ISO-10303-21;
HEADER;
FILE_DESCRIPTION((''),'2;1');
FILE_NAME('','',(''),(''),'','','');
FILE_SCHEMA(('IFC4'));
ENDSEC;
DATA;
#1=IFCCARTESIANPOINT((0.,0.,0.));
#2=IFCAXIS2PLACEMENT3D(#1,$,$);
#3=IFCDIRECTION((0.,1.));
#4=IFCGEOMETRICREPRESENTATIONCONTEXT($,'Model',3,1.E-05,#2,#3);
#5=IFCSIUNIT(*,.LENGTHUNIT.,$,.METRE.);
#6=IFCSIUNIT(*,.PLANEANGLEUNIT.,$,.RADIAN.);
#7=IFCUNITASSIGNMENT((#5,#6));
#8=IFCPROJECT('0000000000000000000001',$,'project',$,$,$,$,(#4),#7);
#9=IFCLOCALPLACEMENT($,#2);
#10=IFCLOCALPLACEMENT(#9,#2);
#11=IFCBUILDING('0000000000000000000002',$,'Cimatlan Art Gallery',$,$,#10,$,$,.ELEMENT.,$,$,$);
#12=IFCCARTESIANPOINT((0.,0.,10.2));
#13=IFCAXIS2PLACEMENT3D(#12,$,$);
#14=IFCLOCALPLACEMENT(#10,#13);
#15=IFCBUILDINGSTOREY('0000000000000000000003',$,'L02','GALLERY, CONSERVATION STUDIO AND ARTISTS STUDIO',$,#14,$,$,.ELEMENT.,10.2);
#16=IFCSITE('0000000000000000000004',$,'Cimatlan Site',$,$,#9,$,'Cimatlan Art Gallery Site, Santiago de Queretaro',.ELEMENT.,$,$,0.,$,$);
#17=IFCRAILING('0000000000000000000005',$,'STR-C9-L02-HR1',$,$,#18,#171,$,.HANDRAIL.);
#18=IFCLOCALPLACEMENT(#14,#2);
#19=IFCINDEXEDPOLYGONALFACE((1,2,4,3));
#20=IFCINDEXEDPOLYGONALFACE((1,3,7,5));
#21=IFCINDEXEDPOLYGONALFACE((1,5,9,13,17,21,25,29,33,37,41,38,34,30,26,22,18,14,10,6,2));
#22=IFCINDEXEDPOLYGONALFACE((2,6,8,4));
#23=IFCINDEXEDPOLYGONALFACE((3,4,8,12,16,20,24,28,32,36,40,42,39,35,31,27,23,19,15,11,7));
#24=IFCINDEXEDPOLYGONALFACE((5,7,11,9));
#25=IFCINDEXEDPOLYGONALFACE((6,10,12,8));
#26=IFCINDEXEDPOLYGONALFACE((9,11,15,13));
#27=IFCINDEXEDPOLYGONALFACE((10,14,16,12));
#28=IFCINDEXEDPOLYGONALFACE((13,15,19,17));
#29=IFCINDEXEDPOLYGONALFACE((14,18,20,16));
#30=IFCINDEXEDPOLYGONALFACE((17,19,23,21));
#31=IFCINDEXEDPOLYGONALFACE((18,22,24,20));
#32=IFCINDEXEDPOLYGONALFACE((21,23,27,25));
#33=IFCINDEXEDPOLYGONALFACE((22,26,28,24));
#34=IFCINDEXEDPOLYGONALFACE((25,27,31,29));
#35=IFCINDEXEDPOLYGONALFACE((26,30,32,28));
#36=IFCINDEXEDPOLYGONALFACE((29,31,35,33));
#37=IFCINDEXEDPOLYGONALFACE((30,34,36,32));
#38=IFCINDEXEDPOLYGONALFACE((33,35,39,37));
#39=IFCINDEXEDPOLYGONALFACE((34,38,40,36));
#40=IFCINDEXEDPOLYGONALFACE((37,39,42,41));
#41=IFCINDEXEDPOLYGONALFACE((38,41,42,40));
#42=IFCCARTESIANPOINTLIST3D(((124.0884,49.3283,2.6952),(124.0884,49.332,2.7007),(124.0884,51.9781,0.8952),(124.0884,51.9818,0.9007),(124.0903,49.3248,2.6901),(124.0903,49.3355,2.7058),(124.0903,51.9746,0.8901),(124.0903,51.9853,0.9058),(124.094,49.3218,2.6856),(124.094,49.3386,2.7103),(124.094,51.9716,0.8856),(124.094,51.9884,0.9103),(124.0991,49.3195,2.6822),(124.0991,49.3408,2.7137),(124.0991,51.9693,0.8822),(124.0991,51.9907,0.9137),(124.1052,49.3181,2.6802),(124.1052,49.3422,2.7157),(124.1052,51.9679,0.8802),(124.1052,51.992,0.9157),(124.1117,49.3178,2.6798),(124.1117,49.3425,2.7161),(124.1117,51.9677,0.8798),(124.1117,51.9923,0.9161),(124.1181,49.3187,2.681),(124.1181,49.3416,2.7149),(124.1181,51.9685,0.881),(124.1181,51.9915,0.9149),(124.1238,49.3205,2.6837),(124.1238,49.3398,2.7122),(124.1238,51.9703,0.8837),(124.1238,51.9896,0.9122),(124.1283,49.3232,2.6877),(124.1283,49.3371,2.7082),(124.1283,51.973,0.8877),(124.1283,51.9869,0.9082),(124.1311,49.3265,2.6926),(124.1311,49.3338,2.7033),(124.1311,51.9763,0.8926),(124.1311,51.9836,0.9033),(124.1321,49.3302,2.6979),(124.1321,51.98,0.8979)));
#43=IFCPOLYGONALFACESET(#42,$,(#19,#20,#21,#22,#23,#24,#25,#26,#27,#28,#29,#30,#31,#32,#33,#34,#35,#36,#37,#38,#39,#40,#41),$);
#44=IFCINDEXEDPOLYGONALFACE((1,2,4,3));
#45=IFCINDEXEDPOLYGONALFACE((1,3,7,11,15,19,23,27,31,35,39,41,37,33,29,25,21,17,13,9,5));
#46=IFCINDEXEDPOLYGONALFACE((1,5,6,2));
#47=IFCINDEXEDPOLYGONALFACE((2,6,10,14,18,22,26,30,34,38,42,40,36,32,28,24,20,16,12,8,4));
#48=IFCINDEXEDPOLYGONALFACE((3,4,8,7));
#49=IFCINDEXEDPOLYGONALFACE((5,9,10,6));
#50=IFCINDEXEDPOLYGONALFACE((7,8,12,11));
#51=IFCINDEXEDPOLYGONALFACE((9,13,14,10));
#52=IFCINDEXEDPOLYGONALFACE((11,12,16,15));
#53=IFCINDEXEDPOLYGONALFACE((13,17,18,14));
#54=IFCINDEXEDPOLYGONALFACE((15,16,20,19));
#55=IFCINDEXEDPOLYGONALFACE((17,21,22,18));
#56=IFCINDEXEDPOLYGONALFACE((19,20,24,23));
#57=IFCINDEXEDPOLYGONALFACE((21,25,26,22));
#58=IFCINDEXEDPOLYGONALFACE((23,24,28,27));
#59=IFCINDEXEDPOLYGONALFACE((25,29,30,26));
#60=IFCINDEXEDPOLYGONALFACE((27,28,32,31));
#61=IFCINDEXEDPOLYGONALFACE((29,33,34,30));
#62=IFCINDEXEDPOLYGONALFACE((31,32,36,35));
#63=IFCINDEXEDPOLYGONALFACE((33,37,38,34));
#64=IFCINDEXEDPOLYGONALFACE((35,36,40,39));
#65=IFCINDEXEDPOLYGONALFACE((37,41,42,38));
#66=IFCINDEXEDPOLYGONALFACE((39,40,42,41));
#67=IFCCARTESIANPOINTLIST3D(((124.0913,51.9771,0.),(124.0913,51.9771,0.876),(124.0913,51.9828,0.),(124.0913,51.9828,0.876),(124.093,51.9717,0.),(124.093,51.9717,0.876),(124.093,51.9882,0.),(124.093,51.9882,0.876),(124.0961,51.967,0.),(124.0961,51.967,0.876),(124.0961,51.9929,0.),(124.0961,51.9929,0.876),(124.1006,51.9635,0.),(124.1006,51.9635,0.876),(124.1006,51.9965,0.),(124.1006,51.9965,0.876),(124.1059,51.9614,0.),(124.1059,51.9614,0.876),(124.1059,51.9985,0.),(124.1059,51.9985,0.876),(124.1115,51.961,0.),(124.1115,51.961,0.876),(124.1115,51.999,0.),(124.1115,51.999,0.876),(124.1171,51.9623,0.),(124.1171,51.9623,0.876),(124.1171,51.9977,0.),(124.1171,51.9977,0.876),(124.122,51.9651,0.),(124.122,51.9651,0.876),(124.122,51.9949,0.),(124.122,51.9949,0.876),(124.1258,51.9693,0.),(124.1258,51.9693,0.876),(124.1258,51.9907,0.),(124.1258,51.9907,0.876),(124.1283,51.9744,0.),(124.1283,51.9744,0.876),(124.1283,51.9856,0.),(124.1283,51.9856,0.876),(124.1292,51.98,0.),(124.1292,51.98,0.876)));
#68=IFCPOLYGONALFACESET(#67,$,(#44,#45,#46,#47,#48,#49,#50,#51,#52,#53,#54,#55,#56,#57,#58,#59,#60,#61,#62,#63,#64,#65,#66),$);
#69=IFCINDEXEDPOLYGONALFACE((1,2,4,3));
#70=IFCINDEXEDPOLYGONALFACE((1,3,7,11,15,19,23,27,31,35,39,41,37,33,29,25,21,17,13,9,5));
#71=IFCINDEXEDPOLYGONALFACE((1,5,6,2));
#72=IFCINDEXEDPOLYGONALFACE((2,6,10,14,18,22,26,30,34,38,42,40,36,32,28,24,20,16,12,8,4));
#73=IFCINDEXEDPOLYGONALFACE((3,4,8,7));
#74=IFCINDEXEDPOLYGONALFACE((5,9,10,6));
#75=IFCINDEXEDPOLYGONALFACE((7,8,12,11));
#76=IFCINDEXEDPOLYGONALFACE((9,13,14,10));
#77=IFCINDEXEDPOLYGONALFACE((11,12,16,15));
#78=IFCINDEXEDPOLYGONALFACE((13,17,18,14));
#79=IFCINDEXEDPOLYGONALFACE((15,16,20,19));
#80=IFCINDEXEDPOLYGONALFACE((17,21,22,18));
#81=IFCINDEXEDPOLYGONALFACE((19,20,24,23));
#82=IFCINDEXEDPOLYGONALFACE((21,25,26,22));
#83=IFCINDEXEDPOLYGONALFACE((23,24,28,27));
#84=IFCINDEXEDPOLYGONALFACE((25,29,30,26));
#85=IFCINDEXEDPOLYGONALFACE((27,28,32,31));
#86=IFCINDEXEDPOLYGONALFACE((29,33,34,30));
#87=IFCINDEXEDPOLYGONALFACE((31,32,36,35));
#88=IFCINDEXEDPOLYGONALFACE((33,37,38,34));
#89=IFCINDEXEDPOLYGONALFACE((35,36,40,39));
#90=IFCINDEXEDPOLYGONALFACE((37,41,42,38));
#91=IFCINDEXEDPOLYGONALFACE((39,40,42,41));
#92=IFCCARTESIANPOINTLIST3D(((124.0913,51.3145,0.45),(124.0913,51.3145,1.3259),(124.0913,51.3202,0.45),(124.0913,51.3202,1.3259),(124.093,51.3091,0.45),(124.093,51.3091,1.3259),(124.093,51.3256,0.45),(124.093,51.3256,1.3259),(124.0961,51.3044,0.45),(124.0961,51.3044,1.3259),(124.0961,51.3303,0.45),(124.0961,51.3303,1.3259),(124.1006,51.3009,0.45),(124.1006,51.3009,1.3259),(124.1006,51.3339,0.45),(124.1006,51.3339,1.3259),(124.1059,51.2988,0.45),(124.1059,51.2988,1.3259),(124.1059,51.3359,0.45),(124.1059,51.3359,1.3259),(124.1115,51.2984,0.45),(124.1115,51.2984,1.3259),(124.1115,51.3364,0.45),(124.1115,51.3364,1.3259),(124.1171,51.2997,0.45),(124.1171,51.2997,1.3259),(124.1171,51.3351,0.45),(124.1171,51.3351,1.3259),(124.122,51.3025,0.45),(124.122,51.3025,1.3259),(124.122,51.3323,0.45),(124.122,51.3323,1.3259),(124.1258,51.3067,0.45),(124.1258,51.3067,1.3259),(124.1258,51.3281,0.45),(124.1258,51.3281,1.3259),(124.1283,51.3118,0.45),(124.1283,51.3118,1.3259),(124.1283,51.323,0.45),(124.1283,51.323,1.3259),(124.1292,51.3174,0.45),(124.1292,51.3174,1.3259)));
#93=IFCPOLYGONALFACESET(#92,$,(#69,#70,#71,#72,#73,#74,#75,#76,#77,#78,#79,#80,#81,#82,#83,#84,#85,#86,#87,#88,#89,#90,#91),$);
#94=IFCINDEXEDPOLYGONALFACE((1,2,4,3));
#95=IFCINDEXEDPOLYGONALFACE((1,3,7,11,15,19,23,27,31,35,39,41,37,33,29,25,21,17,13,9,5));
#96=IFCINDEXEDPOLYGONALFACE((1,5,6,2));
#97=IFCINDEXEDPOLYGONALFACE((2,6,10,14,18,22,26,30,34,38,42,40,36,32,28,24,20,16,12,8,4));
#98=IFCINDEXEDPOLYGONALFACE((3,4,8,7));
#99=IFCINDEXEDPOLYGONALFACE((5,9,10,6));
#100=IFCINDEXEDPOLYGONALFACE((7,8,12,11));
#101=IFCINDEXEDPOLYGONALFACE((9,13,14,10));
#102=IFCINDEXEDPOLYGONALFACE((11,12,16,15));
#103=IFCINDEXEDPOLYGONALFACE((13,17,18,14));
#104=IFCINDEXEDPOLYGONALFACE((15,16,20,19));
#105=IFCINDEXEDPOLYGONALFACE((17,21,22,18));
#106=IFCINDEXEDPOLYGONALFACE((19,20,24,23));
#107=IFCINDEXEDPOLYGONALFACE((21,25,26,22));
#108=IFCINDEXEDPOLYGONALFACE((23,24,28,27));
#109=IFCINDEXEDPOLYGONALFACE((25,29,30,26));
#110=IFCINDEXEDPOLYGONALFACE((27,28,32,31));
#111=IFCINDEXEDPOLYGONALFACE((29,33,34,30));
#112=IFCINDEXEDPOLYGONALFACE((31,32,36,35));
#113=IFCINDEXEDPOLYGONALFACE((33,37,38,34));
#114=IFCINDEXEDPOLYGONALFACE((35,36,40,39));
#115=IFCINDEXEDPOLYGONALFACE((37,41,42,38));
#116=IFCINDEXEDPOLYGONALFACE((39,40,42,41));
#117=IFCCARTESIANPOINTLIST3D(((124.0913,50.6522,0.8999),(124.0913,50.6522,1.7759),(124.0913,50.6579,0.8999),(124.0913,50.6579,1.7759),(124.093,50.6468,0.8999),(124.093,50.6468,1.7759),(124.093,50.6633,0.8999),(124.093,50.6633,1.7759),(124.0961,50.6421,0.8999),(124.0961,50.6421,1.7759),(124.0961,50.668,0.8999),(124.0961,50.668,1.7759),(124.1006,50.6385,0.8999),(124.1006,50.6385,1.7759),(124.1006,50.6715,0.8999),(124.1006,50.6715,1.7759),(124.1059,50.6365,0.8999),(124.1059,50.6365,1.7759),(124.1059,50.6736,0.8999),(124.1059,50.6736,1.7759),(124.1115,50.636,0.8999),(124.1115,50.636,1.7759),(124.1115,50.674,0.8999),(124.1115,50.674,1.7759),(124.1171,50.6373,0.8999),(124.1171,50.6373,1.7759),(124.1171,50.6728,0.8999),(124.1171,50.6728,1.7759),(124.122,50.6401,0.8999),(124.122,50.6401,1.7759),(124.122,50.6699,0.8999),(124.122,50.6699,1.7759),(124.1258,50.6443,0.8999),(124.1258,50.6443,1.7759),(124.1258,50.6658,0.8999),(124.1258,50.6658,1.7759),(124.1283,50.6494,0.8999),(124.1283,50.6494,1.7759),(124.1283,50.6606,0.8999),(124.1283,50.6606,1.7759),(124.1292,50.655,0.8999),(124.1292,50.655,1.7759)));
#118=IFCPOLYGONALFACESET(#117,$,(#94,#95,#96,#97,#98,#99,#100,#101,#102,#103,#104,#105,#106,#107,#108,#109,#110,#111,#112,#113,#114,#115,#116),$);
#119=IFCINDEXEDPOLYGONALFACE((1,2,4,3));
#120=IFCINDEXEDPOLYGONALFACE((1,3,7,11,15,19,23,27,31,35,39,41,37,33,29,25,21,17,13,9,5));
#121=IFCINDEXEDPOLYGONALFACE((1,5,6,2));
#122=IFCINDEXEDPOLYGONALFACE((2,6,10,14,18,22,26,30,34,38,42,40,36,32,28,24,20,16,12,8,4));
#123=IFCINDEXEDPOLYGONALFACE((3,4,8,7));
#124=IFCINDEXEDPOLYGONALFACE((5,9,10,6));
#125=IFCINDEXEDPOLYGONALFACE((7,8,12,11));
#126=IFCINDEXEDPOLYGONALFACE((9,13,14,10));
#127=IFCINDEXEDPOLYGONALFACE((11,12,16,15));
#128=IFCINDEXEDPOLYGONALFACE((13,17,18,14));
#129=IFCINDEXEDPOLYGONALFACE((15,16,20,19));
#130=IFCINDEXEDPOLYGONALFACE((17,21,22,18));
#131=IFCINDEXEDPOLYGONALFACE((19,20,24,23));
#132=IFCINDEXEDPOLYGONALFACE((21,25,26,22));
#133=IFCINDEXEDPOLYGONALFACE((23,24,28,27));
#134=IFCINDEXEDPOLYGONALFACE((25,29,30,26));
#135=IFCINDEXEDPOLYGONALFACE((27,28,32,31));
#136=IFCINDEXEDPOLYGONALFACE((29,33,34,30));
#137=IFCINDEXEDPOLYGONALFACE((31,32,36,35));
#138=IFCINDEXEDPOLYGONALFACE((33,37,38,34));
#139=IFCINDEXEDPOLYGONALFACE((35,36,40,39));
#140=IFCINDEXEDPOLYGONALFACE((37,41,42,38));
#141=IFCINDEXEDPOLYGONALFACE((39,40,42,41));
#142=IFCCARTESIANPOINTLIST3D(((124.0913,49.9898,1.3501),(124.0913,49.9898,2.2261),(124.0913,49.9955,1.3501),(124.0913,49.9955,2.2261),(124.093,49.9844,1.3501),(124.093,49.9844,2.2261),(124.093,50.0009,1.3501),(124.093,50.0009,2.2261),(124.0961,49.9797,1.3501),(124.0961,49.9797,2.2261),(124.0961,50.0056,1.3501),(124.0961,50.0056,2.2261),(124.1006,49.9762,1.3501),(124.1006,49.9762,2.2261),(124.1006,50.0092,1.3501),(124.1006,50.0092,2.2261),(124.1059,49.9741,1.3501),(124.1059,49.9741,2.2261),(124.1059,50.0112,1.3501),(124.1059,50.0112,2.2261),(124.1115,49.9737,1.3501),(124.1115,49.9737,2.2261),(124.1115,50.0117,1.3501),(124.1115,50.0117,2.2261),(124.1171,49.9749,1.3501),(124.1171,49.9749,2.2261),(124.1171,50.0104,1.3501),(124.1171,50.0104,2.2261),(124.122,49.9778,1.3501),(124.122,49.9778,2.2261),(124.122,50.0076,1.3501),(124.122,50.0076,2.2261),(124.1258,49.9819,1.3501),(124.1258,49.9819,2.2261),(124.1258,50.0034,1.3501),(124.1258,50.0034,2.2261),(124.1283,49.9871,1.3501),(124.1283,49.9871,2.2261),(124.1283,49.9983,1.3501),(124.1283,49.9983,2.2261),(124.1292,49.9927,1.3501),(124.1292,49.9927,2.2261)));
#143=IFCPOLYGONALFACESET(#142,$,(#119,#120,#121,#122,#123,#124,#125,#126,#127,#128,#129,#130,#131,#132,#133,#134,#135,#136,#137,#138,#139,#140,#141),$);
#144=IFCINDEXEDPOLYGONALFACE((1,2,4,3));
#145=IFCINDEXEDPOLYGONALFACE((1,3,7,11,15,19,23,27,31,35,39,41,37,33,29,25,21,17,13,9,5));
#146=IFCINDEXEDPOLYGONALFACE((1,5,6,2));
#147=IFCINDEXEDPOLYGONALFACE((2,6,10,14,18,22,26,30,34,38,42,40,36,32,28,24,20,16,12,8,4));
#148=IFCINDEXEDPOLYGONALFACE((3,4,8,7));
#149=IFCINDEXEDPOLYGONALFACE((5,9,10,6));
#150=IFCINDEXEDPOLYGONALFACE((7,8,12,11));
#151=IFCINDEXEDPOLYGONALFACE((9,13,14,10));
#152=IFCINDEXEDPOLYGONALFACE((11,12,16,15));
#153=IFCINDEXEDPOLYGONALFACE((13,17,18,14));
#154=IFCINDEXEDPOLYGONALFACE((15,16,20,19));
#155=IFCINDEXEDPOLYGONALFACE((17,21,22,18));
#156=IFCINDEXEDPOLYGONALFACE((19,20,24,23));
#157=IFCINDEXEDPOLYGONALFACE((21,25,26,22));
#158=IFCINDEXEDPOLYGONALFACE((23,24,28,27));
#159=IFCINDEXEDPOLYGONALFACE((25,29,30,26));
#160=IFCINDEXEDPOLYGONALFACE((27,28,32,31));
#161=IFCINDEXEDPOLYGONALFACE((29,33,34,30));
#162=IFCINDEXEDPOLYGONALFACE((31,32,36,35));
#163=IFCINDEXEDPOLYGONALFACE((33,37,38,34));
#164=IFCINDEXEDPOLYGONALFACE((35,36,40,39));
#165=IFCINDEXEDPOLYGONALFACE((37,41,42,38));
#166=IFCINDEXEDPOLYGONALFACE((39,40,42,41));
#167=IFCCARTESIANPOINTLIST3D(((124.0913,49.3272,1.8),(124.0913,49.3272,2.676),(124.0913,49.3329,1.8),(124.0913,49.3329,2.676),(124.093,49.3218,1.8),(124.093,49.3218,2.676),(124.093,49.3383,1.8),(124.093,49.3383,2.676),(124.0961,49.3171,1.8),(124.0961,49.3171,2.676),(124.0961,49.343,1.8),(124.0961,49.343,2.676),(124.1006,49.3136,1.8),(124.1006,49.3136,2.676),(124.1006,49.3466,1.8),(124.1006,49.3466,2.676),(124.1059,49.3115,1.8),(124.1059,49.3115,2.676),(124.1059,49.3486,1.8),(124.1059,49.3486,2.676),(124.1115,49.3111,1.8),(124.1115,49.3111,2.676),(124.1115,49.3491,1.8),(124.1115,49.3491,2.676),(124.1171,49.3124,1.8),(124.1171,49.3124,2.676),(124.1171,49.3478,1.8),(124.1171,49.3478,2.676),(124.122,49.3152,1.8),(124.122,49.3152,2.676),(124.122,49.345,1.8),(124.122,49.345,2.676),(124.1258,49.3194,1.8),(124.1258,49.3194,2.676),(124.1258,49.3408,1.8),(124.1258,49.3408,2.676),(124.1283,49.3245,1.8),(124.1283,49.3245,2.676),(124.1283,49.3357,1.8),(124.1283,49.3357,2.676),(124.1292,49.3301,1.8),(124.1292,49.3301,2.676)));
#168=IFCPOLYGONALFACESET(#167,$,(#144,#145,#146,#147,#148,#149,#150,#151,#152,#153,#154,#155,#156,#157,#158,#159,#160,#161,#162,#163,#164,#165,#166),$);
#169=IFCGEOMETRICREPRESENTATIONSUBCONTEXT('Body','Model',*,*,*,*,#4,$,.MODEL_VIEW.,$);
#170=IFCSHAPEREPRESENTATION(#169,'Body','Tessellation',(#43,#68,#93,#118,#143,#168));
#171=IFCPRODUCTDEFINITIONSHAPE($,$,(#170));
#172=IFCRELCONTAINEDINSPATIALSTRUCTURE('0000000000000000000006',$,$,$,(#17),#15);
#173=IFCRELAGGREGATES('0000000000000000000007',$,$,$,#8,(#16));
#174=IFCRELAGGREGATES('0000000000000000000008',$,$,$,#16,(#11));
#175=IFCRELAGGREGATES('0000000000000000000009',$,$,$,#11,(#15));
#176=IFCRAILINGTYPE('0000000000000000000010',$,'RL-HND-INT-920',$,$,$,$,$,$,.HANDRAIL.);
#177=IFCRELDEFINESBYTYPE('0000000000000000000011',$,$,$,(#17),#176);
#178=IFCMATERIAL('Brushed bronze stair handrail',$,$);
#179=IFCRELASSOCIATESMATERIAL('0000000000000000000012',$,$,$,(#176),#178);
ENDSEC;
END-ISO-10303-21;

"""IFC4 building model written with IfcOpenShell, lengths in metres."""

from ifc_helpers import new_model, si_unit, direction, frame, origin, origin_2d, place, context, subcontext, project, spatial, circle, extrude, material, type_object, element, save


model = new_model("IFC4")

# Units and contexts
model_context = context("Model", 3, precision=1e-05, world=origin(), true_north=direction((0.0, 1.0)))
body_context = subcontext(model_context, "Body", "Model", "MODEL_VIEW")
ifc_project = project(units=[si_unit("LENGTHUNIT", "METRE"), si_unit("PLANEANGLEUNIT", "RADIAN")], contexts=[model_context])

# Site, building, storey
site_placement = place(None, origin())
site = spatial("IfcSite", under=ifc_project, at=site_placement, Name="Cimatlan Site", LongName="Cimatlan Art Gallery Site, Santiago de Queretaro", CompositionType="ELEMENT", RefElevation=0.0)
building_placement = place(site_placement, origin())
building = spatial("IfcBuilding", under=site, at=building_placement, Name="Cimatlan Art Gallery", CompositionType="ELEMENT")
storey_placement = place(building_placement, frame((0.0, 0.0, 10.2)))
storey = spatial("IfcBuildingStorey", under=building, at=storey_placement, Name="L02", Description="GALLERY, CONSERVATION STUDIO AND ARTISTS STUDIO", CompositionType="ELEMENT", Elevation=10.2)

# Railing
ifc_material_1 = material(Name="Brushed bronze stair handrail")
railing_type_1 = type_object("IfcRailingType", Name="RL-HND-INT-920", PredefinedType="HANDRAIL", material=ifc_material_1)
railing_1_placement = place(storey_placement, frame((124.1101, 51.98, 0.0)))
element("IfcRailing", 1, at=railing_1_placement, inside=storey, type_object=railing_type_1, Name="STR-C9-L02-HR1", PredefinedType="HANDRAIL", context=body_context, shape_type="SweptSolid", body=[
    extrude(circle(Radius=0.022, at=origin_2d()), frame((0.0, 0.0, 0.8979), z_axis=(0.0, -0.8272, 0.561908), x_axis=(1.0, 0.0, 0.0)), (0.0, 0.0, 1.0), 3.2034),
    extrude(circle(Radius=0.019, at=origin_2d()), origin(), (0.0, 0.0, 1.0), 0.876),
    extrude(circle(Radius=0.019, at=origin_2d()), frame((0.0, -0.6626, 0.45)), (0.0, 0.0, 1.0), 0.876),
    extrude(circle(Radius=0.019, at=origin_2d()), frame((0.0, -1.325, 0.8999)), (0.0, 0.0, 1.0), 0.876),
    extrude(circle(Radius=0.019, at=origin_2d()), frame((0.0, -1.9873, 1.3501)), (0.0, 0.0, 1.0), 0.876),
    extrude(circle(Radius=0.019, at=origin_2d()), frame((0.0, -2.6499, 1.8)), (0.0, 0.0, 1.0), 0.876),
])

save(model, "model.ifc")
